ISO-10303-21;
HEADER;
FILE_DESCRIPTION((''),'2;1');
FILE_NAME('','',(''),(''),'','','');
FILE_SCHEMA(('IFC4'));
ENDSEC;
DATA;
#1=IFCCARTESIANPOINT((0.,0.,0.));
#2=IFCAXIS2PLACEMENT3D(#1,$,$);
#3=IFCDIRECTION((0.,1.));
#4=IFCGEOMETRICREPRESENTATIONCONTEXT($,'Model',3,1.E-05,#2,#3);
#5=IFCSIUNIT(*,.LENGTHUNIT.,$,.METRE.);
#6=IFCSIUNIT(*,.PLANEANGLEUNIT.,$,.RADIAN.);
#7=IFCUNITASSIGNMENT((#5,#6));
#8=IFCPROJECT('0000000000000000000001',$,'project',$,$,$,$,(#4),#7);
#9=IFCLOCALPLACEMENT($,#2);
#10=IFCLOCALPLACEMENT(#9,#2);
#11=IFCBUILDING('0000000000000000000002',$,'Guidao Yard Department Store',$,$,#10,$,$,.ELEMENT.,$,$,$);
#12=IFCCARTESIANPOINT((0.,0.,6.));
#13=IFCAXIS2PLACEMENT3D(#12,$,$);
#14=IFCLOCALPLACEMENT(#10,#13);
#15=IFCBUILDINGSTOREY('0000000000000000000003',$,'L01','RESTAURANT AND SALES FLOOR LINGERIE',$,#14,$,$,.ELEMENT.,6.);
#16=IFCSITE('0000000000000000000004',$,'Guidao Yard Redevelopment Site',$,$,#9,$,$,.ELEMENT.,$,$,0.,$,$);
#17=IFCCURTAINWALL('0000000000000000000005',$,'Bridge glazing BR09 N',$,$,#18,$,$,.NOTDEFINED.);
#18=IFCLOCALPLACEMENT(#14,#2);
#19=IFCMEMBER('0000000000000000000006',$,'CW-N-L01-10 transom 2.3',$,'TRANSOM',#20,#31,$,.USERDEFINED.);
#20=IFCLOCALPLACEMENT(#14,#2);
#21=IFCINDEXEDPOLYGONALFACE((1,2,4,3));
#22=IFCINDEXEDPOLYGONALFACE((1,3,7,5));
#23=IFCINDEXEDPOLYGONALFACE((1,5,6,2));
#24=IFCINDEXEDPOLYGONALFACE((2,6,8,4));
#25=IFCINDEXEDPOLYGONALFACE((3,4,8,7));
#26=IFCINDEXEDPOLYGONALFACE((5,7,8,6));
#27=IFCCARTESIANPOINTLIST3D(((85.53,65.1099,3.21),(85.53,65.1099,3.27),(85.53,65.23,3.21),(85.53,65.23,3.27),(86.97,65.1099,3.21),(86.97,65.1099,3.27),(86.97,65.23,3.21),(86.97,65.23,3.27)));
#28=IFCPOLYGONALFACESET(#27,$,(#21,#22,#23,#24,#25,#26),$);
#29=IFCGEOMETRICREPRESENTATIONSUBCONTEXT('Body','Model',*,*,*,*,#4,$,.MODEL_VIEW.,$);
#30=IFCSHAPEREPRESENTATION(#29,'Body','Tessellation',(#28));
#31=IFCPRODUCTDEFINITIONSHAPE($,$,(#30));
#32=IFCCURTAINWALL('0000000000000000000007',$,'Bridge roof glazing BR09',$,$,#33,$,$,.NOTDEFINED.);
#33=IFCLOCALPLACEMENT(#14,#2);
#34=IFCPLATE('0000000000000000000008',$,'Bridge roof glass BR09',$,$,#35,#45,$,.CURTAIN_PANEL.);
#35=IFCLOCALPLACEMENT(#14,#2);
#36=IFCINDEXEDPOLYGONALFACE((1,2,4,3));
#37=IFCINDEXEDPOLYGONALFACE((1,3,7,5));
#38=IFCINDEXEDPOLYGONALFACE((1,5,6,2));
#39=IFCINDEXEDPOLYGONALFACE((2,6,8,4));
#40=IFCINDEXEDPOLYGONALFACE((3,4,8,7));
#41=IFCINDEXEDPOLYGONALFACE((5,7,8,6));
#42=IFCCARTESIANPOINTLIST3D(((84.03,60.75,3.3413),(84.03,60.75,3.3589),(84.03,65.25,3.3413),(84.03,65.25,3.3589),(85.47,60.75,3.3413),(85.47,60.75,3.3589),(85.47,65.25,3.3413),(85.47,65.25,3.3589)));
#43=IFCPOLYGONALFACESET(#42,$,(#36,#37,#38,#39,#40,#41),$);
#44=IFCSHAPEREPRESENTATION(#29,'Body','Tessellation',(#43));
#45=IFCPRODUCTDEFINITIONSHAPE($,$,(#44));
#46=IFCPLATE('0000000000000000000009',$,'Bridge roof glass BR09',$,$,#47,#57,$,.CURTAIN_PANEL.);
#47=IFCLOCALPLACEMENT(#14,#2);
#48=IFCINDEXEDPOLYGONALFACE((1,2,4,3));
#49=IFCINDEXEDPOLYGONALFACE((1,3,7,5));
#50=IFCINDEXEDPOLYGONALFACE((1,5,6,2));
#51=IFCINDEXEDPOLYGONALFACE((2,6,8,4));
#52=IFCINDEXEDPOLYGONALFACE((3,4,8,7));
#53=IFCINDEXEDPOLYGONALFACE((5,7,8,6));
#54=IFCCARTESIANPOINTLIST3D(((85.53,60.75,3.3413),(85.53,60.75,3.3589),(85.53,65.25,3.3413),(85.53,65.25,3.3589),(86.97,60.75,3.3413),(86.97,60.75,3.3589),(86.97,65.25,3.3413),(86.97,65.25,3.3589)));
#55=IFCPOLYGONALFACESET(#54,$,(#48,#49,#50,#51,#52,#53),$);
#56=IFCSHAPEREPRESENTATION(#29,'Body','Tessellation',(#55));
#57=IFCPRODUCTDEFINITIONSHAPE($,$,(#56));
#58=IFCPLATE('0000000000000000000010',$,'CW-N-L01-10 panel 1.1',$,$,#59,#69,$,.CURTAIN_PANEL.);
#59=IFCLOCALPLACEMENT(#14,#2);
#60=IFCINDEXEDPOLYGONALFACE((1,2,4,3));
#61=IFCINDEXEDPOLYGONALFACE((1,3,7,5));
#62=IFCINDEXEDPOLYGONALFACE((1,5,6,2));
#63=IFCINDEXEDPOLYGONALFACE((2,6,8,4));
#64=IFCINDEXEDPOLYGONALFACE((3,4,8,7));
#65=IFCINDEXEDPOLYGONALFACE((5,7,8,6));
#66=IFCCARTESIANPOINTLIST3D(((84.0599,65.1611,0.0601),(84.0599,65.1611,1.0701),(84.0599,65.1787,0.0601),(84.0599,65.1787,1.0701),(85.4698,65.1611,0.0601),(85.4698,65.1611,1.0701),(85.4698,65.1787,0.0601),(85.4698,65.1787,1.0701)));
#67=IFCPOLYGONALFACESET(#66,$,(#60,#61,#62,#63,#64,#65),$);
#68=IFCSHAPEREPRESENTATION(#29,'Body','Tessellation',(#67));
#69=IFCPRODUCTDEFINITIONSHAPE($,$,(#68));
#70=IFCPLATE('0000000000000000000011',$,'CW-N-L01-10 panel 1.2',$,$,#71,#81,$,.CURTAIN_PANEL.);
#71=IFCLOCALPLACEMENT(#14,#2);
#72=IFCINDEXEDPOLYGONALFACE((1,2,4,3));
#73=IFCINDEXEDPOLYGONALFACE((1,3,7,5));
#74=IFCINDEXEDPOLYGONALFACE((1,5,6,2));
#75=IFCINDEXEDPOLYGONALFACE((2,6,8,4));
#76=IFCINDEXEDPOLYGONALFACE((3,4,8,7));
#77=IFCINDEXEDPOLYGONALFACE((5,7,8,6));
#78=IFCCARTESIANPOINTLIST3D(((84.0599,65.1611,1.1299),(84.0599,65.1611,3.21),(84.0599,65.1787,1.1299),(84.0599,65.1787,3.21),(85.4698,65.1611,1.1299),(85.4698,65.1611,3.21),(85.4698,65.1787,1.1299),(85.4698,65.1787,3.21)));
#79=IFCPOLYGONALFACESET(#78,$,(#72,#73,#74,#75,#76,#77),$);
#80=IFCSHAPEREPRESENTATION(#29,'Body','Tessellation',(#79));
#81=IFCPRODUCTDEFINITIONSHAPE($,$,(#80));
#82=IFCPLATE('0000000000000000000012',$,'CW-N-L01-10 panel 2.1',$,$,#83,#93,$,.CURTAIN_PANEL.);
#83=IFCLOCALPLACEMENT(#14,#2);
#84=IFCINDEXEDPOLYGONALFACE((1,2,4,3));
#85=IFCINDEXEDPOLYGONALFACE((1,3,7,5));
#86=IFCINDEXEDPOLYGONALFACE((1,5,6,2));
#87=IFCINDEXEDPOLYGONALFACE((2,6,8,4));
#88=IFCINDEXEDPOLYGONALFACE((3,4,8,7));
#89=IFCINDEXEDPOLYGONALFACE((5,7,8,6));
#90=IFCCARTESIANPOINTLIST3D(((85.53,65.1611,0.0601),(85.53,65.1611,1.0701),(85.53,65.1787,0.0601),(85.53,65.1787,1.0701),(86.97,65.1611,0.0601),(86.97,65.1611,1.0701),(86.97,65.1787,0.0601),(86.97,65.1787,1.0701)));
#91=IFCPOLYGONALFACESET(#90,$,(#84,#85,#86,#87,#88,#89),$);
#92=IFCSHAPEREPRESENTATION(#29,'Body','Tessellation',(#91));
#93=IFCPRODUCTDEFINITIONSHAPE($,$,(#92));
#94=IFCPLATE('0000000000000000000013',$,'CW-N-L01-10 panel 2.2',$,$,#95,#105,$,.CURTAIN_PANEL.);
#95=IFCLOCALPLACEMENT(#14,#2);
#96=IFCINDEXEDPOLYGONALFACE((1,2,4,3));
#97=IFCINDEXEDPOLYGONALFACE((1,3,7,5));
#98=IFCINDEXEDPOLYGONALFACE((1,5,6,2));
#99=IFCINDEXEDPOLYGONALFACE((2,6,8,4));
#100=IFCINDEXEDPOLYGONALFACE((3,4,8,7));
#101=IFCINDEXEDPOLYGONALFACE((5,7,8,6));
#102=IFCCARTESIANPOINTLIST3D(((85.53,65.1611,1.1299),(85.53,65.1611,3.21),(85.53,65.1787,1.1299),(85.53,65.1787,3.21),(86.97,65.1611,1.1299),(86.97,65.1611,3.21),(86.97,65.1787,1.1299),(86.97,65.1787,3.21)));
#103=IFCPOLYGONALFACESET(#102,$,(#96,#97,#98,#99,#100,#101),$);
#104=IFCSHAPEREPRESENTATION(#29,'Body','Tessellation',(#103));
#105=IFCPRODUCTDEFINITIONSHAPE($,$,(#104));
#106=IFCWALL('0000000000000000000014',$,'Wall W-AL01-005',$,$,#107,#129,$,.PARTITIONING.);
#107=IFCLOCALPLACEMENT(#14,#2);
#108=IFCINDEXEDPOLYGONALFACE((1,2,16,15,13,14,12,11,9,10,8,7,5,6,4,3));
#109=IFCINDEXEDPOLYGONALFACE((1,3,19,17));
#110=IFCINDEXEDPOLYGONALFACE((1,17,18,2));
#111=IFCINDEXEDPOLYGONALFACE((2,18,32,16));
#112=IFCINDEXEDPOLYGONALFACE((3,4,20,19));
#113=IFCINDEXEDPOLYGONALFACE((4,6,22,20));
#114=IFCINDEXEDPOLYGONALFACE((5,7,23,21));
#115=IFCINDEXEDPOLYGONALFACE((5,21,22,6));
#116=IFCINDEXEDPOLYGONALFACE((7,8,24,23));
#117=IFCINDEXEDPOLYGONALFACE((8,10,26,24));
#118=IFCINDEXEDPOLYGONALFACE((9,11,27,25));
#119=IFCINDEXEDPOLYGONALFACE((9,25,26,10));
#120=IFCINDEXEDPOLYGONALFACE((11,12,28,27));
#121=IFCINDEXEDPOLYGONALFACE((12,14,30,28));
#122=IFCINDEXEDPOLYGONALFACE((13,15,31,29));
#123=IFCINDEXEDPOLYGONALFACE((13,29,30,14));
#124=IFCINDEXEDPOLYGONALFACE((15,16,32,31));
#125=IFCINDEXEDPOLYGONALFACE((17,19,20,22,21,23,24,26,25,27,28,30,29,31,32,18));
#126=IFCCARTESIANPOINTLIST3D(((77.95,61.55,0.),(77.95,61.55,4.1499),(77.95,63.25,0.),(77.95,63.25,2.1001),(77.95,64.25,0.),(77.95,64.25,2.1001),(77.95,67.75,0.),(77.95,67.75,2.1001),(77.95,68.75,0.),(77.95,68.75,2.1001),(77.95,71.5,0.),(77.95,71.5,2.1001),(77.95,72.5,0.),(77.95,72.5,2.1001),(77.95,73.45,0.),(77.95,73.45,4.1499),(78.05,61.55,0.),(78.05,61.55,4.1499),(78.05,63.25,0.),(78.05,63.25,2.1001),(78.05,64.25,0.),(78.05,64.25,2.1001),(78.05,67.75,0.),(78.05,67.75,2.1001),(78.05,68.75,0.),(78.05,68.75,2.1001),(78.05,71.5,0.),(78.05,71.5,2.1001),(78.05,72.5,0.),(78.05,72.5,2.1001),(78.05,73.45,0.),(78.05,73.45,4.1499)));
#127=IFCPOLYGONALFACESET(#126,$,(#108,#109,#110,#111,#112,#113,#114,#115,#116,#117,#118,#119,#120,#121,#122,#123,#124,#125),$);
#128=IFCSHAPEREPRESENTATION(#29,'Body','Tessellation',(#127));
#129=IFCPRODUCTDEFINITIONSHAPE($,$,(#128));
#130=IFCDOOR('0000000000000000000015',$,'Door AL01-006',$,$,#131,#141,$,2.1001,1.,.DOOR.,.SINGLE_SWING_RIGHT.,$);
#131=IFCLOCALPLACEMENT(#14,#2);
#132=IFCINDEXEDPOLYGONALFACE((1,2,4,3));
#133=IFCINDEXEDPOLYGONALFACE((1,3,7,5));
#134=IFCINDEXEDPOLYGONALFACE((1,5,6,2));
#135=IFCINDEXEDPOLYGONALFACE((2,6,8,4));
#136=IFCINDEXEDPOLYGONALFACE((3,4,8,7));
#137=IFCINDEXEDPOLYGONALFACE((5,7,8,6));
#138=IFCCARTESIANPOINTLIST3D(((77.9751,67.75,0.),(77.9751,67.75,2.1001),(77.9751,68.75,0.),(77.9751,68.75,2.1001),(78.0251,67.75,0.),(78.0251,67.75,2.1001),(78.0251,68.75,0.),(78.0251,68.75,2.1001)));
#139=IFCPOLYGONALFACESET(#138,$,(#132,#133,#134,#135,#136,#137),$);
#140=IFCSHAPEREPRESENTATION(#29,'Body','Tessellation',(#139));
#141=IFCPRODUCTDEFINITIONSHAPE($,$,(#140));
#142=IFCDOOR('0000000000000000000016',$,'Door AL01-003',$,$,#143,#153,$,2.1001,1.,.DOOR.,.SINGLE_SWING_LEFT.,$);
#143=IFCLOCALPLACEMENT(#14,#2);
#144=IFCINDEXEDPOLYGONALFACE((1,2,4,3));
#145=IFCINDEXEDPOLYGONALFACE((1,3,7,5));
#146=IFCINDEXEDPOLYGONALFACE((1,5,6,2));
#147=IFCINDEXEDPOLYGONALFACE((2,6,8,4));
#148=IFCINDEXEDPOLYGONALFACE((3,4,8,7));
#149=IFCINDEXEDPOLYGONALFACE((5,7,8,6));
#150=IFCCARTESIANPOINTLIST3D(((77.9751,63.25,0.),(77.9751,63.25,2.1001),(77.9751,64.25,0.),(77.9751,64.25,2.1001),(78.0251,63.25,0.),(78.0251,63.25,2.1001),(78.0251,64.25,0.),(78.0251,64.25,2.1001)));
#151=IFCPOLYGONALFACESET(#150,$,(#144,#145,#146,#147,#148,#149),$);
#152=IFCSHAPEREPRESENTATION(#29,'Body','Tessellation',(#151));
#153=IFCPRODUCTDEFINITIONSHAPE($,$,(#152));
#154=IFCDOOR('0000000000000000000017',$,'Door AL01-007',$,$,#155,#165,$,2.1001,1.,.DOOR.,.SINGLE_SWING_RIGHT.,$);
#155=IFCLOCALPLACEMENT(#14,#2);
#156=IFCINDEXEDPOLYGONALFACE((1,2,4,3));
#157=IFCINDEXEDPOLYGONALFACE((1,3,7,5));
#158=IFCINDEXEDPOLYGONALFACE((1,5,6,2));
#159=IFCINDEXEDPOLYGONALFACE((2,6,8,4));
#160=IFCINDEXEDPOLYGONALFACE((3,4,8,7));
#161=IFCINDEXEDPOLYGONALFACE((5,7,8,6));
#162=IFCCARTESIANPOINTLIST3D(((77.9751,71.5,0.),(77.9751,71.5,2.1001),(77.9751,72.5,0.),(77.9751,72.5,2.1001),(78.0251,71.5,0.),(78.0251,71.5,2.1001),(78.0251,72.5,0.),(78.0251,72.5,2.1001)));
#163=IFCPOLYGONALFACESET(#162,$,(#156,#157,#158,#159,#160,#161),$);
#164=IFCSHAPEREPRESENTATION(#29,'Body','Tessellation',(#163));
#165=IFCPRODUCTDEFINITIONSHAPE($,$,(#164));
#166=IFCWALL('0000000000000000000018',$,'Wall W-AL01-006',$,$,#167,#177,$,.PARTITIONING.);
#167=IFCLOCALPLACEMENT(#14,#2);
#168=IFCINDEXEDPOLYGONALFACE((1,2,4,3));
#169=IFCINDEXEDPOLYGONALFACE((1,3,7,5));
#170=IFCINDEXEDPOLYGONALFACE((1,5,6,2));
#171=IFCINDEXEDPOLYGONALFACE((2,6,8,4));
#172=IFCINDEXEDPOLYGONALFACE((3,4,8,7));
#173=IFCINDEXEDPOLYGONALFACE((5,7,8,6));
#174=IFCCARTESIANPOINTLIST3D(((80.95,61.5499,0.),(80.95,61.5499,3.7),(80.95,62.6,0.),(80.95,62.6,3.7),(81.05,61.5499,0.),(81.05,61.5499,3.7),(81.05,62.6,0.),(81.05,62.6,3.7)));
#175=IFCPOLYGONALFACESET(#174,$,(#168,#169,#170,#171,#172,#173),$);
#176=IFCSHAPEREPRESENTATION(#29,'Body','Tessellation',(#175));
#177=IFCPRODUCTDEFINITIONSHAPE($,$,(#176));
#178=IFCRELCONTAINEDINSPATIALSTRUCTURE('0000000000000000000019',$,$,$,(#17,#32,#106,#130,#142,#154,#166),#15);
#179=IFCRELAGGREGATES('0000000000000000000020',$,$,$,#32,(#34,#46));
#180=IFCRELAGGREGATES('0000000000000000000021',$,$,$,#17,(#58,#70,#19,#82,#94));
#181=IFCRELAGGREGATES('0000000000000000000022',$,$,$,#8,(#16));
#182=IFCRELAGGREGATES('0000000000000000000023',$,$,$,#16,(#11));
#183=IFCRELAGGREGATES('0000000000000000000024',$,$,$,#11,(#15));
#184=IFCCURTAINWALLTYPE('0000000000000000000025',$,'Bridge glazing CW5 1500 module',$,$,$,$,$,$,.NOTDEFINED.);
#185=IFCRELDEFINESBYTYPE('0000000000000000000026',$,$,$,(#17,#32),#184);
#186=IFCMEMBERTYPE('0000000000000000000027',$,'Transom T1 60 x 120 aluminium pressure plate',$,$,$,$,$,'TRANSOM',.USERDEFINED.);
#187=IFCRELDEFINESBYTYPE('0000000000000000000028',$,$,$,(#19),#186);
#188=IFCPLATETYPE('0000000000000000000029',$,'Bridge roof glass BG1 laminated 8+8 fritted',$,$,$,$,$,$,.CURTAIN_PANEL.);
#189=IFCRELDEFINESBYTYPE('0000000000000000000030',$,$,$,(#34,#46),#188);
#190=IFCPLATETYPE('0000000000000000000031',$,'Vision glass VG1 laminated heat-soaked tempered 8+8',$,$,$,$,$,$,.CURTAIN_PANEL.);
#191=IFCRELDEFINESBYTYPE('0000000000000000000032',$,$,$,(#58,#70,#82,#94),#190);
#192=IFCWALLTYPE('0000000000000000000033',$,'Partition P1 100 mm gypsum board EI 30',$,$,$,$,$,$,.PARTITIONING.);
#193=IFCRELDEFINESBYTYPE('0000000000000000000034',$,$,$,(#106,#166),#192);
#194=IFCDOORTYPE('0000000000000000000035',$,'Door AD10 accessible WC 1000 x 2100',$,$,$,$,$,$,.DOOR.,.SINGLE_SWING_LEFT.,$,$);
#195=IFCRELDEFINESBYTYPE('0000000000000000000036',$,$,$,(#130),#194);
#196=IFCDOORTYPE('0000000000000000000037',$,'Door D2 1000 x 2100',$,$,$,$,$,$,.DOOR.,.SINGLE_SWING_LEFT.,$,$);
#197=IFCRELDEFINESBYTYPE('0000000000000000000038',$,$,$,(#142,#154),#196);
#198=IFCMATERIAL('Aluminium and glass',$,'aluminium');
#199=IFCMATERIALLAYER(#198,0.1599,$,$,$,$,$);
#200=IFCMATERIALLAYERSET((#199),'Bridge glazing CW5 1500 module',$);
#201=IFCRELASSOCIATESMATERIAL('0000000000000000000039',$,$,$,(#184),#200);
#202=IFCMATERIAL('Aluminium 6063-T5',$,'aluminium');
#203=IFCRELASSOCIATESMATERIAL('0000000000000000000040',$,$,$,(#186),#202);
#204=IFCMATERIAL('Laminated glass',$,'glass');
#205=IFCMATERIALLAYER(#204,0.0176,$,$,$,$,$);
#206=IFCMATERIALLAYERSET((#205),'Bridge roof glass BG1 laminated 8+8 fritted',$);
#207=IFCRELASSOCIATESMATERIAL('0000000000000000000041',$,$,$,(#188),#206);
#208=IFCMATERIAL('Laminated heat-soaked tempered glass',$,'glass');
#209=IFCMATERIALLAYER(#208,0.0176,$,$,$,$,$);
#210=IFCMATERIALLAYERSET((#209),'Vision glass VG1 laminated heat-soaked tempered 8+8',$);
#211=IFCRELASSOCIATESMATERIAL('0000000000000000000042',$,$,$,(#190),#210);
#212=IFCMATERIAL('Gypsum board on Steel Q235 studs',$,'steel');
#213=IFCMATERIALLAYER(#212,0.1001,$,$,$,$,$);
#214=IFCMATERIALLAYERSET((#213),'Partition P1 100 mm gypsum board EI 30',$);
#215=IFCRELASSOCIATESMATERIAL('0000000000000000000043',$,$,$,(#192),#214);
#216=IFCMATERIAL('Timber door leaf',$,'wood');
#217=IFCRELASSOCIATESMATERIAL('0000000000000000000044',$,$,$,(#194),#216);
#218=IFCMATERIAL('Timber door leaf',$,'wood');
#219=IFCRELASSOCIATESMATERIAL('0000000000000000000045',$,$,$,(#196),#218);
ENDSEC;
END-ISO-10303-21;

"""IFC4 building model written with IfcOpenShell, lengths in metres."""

from ifc_helpers import new_model, si_unit, direction, frame, frame_2d, origin, origin_2d, place, context, subcontext, project, spatial, rectangle, extrude, material, layer, layer_set, material_profile, profile_set, type_object, element, fill, aggregate, save


model = new_model("IFC4")

# Units and contexts
model_context = context("Model", 3, precision=1e-05, world=origin(), true_north=direction((0.0, 1.0)))
body_context = subcontext(model_context, "Body", "Model", "MODEL_VIEW")
ifc_project = project(units=[si_unit("LENGTHUNIT", "METRE"), si_unit("PLANEANGLEUNIT", "RADIAN")], contexts=[model_context])

# Site, building, storey
site_placement = place(None, origin())
site = spatial("IfcSite", under=ifc_project, at=site_placement, Name="Guidao Yard Redevelopment Site", CompositionType="ELEMENT", RefElevation=0.0)
building_placement = place(site_placement, origin())
building = spatial("IfcBuilding", under=site, at=building_placement, Name="Guidao Yard Department Store", CompositionType="ELEMENT")
storey_placement = place(building_placement, frame((0.0, 0.0, 6.0)))
storey = spatial("IfcBuildingStorey", under=building, at=storey_placement, Name="L01", Description="RESTAURANT AND SALES FLOOR LINGERIE", CompositionType="ELEMENT", Elevation=6.0)

# Curtain wall, member
ifc_material_1 = material(Name="Aluminium and glass", Category="aluminium")
ifc_layer_1 = layer(ifc_material_1, 0.1599)
ifc_layer_set_1 = layer_set([ifc_layer_1], Name="Bridge glazing CW5 1500 module")
curtain_wall_type = type_object("IfcCurtainWallType", Name="Bridge glazing CW5 1500 module", PredefinedType="NOTDEFINED", material=ifc_layer_set_1)
curtain_wall_1_placement = place(storey_placement, origin())
curtain_wall_1 = element("IfcCurtainWall", 1, at=curtain_wall_1_placement, inside=storey, type_object=curtain_wall_type, Name="Bridge glazing BR09 N", PredefinedType="NOTDEFINED")
ifc_material_2 = material(Name="Aluminium 6063-T5", Category="aluminium")
ifc_material_profile_1 = material_profile(ifc_material_2, rectangle(XDim=0.1201, YDim=0.0601, at=origin_2d()), Name="Transom T1 60 x 120 aluminium pressure plate")
ifc_profile_set_1 = profile_set([ifc_material_profile_1], Name="Aluminium 6063-T5")
member_type_1 = type_object("IfcMemberType", Name="Transom T1 60 x 120 aluminium pressure plate", ElementType="TRANSOM", PredefinedType="USERDEFINED", material=ifc_profile_set_1)
member_1_placement = place(storey_placement, frame((85.53, 65.1699, 3.24), z_axis=(1.0, 0.0, 0.0), x_axis=(0.0, 1.0, 0.0)))
member_1 = element("IfcMember", 2, at=member_1_placement, type_object=member_type_1, Name="CW-N-L01-10 transom 2.3", ObjectType="TRANSOM", PredefinedType="USERDEFINED", context=body_context, shape_type="SweptSolid", body=[
    extrude(rectangle(XDim=0.1201, YDim=0.0601, at=origin_2d()), origin(), (0.0, 0.0, 1.0), 1.4399),
])

# Curtain wall, plates
curtain_wall_2_placement = place(storey_placement, origin())
curtain_wall_2 = element("IfcCurtainWall", 3, at=curtain_wall_2_placement, inside=storey, type_object=curtain_wall_type, Name="Bridge roof glazing BR09", PredefinedType="NOTDEFINED")
ifc_material_3 = material(Name="Laminated glass", Category="glass")
ifc_layer_2 = layer(ifc_material_3, 0.0176)
ifc_layer_set_2 = layer_set([ifc_layer_2], Name="Bridge roof glass BG1 laminated 8+8 fritted")
plate_type_1 = type_object("IfcPlateType", Name="Bridge roof glass BG1 laminated 8+8 fritted", PredefinedType="CURTAIN_PANEL", material=ifc_layer_set_2)
plate_1_placement = place(storey_placement, frame((84.75, 63.0, 3.3413), z_axis=(0.0, 0.0, 1.0), x_axis=(1.0, 0.0, 0.0)))
plate_1 = element("IfcPlate", 4, at=plate_1_placement, type_object=plate_type_1, Name="Bridge roof glass BR09", PredefinedType="CURTAIN_PANEL", context=body_context, shape_type="SweptSolid", body=[
    extrude(rectangle(XDim=1.4399, YDim=4.5, at=origin_2d()), origin(), (0.0, 0.0, 1.0), 0.0176),
])
plate_2_placement = place(storey_placement, frame((86.25, 63.0, 3.3413), z_axis=(0.0, 0.0, 1.0), x_axis=(1.0, 0.0, 0.0)))
plate_2 = element("IfcPlate", 5, at=plate_2_placement, type_object=plate_type_1, Name="Bridge roof glass BR09", PredefinedType="CURTAIN_PANEL", context=body_context, shape_type="SweptSolid", body=[
    extrude(rectangle(XDim=1.4399, YDim=4.5, at=origin_2d()), origin(), (0.0, 0.0, 1.0), 0.0176),
])
aggregate(curtain_wall_2, [plate_1, plate_2])

# Plates
ifc_material_4 = material(Name="Laminated heat-soaked tempered glass", Category="glass")
ifc_layer_3 = layer(ifc_material_4, 0.0176)
ifc_layer_set_3 = layer_set([ifc_layer_3], Name="Vision glass VG1 laminated heat-soaked tempered 8+8")
plate_type_2 = type_object("IfcPlateType", Name="Vision glass VG1 laminated heat-soaked tempered 8+8", PredefinedType="CURTAIN_PANEL", material=ifc_layer_set_3)
plate_3_placement = place(storey_placement, frame((84.7649, 65.1699, 0.0601), z_axis=(0.0, 0.0, 1.0), x_axis=(1.0, 0.0, 0.0)))
plate_3 = element("IfcPlate", 6, at=plate_3_placement, type_object=plate_type_2, Name="CW-N-L01-10 panel 1.1", PredefinedType="CURTAIN_PANEL", context=body_context, shape_type="SweptSolid", body=[
    extrude(rectangle(XDim=1.4099, YDim=0.0176, at=origin_2d()), origin(), (0.0, 0.0, 1.0), 1.01),
])
plate_4_placement = place(storey_placement, frame((84.7649, 65.1699, 1.1299), z_axis=(0.0, 0.0, 1.0), x_axis=(1.0, 0.0, 0.0)))
plate_4 = element("IfcPlate", 7, at=plate_4_placement, type_object=plate_type_2, Name="CW-N-L01-10 panel 1.2", PredefinedType="CURTAIN_PANEL", context=body_context, shape_type="SweptSolid", body=[
    extrude(rectangle(XDim=1.4099, YDim=0.0176, at=origin_2d()), origin(), (0.0, 0.0, 1.0), 2.0801),
])
plate_5_placement = place(storey_placement, frame((86.25, 65.1699, 0.0601), z_axis=(0.0, 0.0, 1.0), x_axis=(1.0, 0.0, 0.0)))
plate_5 = element("IfcPlate", 8, at=plate_5_placement, type_object=plate_type_2, Name="CW-N-L01-10 panel 2.1", PredefinedType="CURTAIN_PANEL", context=body_context, shape_type="SweptSolid", body=[
    extrude(rectangle(XDim=1.4399, YDim=0.0176, at=origin_2d()), origin(), (0.0, 0.0, 1.0), 1.01),
])
plate_6_placement = place(storey_placement, frame((86.25, 65.1699, 1.1299), z_axis=(0.0, 0.0, 1.0), x_axis=(1.0, 0.0, 0.0)))
plate_6 = element("IfcPlate", 9, at=plate_6_placement, type_object=plate_type_2, Name="CW-N-L01-10 panel 2.2", PredefinedType="CURTAIN_PANEL", context=body_context, shape_type="SweptSolid", body=[
    extrude(rectangle(XDim=1.4399, YDim=0.0176, at=origin_2d()), origin(), (0.0, 0.0, 1.0), 2.0801),
])
aggregate(curtain_wall_1, [plate_3, plate_4, member_1, plate_5, plate_6])

# Wall, openings, doors
ifc_material_5 = material(Name="Gypsum board on Steel Q235 studs", Category="steel")
ifc_layer_4 = layer(ifc_material_5, 0.1001)
ifc_layer_set_4 = layer_set([ifc_layer_4], Name="Partition P1 100 mm gypsum board EI 30")
wall_type = type_object("IfcWallType", Name="Partition P1 100 mm gypsum board EI 30", PredefinedType="PARTITIONING", material=ifc_layer_set_4)
wall_1_placement = place(storey_placement, frame((78.0, 61.55, 0.0), z_axis=(0.0, 0.0, 1.0), x_axis=(0.0, 1.0, 0.0)))
wall_1 = element("IfcWall", 10, at=wall_1_placement, inside=storey, type_object=wall_type, Name="Wall W-AL01-005", PredefinedType="PARTITIONING", context=body_context, shape_type="SweptSolid", body=[
    extrude(rectangle(XDim=11.8999, YDim=0.1001, at=frame_2d((5.95, 0.0))), origin(), (0.0, 0.0, 1.0), 4.1499),
])
opening_1_placement = place(wall_1_placement, frame((1.7, 0.0, 0.0)))
opening_1 = element("IfcOpeningElement", 11, at=opening_1_placement, cuts=wall_1, PredefinedType="OPENING", context=body_context, shape_type="SweptSolid", body=[
    extrude(rectangle(XDim=1.0, YDim=2.1001, at=frame_2d((0.5, 1.05))), frame((0.0, 0.0601, 0.0), z_axis=(0.0, -1.0, 0.0), x_axis=(1.0, 0.0, 0.0)), (0.0, 0.0, 1.0), 0.1201),
])
opening_2_placement = place(wall_1_placement, frame((6.2, 0.0, 0.0)))
opening_2 = element("IfcOpeningElement", 12, at=opening_2_placement, cuts=wall_1, PredefinedType="OPENING", context=body_context, shape_type="SweptSolid", body=[
    extrude(rectangle(XDim=1.0, YDim=2.1001, at=frame_2d((0.5, 1.05))), frame((0.0, 0.0601, 0.0), z_axis=(0.0, -1.0, 0.0), x_axis=(1.0, 0.0, 0.0)), (0.0, 0.0, 1.0), 0.1201),
])
opening_3_placement = place(wall_1_placement, frame((9.95, 0.0, 0.0)))
opening_3 = element("IfcOpeningElement", 13, at=opening_3_placement, cuts=wall_1, PredefinedType="OPENING", context=body_context, shape_type="SweptSolid", body=[
    extrude(rectangle(XDim=1.0, YDim=2.1001, at=frame_2d((0.5, 1.05))), frame((0.0, 0.0601, 0.0), z_axis=(0.0, -1.0, 0.0), x_axis=(1.0, 0.0, 0.0)), (0.0, 0.0, 1.0), 0.1201),
])
ifc_material_6 = material(Name="Timber door leaf", Category="wood")
door_type_1 = type_object("IfcDoorType", Name="Door AD10 accessible WC 1000 x 2100", OperationType="SINGLE_SWING_LEFT", PredefinedType="DOOR", material=ifc_material_6)
door_1_placement = place(opening_2_placement, origin())
door_1 = element("IfcDoor", 14, at=door_1_placement, inside=storey, type_object=door_type_1, Name="Door AL01-006", OperationType="SINGLE_SWING_RIGHT", OverallHeight=2.1001, OverallWidth=1.0, PredefinedType="DOOR", context=body_context, shape_type="SweptSolid", body=[
    extrude(rectangle(XDim=1.0, YDim=2.1001, at=frame_2d((0.5, 1.05))), frame((0.0, 0.0249, 0.0), z_axis=(0.0, -1.0, 0.0), x_axis=(1.0, 0.0, 0.0)), (0.0, 0.0, 1.0), 0.05),
])
fill(opening_2, door_1)
ifc_material_7 = material(Name="Timber door leaf", Category="wood")
door_type_2 = type_object("IfcDoorType", Name="Door D2 1000 x 2100", OperationType="SINGLE_SWING_LEFT", PredefinedType="DOOR", material=ifc_material_7)
door_2_placement = place(opening_1_placement, origin())
door_2 = element("IfcDoor", 15, at=door_2_placement, inside=storey, type_object=door_type_2, Name="Door AL01-003", OperationType="SINGLE_SWING_LEFT", OverallHeight=2.1001, OverallWidth=1.0, PredefinedType="DOOR", context=body_context, shape_type="SweptSolid", body=[
    extrude(rectangle(XDim=1.0, YDim=2.1001, at=frame_2d((0.5, 1.05))), frame((0.0, 0.0249, 0.0), z_axis=(0.0, -1.0, 0.0), x_axis=(1.0, 0.0, 0.0)), (0.0, 0.0, 1.0), 0.05),
])
fill(opening_1, door_2)
door_3_placement = place(opening_3_placement, origin())
door_3 = element("IfcDoor", 16, at=door_3_placement, inside=storey, type_object=door_type_2, Name="Door AL01-007", OperationType="SINGLE_SWING_RIGHT", OverallHeight=2.1001, OverallWidth=1.0, PredefinedType="DOOR", context=body_context, shape_type="SweptSolid", body=[
    extrude(rectangle(XDim=1.0, YDim=2.1001, at=frame_2d((0.5, 1.05))), frame((0.0, 0.0249, 0.0), z_axis=(0.0, -1.0, 0.0), x_axis=(1.0, 0.0, 0.0)), (0.0, 0.0, 1.0), 0.05),
])
fill(opening_3, door_3)

# Wall
wall_2_placement = place(storey_placement, frame((81.0, 61.55, 0.0), z_axis=(0.0, 0.0, 1.0), x_axis=(0.0, 1.0, 0.0)))
element("IfcWall", 17, at=wall_2_placement, inside=storey, type_object=wall_type, Name="Wall W-AL01-006", PredefinedType="PARTITIONING", context=body_context, shape_type="SweptSolid", body=[
    extrude(rectangle(XDim=1.05, YDim=0.1001, at=frame_2d((0.5249, 0.0))), origin(), (0.0, 0.0, 1.0), 3.7),
])

save(model, "model.ifc")
